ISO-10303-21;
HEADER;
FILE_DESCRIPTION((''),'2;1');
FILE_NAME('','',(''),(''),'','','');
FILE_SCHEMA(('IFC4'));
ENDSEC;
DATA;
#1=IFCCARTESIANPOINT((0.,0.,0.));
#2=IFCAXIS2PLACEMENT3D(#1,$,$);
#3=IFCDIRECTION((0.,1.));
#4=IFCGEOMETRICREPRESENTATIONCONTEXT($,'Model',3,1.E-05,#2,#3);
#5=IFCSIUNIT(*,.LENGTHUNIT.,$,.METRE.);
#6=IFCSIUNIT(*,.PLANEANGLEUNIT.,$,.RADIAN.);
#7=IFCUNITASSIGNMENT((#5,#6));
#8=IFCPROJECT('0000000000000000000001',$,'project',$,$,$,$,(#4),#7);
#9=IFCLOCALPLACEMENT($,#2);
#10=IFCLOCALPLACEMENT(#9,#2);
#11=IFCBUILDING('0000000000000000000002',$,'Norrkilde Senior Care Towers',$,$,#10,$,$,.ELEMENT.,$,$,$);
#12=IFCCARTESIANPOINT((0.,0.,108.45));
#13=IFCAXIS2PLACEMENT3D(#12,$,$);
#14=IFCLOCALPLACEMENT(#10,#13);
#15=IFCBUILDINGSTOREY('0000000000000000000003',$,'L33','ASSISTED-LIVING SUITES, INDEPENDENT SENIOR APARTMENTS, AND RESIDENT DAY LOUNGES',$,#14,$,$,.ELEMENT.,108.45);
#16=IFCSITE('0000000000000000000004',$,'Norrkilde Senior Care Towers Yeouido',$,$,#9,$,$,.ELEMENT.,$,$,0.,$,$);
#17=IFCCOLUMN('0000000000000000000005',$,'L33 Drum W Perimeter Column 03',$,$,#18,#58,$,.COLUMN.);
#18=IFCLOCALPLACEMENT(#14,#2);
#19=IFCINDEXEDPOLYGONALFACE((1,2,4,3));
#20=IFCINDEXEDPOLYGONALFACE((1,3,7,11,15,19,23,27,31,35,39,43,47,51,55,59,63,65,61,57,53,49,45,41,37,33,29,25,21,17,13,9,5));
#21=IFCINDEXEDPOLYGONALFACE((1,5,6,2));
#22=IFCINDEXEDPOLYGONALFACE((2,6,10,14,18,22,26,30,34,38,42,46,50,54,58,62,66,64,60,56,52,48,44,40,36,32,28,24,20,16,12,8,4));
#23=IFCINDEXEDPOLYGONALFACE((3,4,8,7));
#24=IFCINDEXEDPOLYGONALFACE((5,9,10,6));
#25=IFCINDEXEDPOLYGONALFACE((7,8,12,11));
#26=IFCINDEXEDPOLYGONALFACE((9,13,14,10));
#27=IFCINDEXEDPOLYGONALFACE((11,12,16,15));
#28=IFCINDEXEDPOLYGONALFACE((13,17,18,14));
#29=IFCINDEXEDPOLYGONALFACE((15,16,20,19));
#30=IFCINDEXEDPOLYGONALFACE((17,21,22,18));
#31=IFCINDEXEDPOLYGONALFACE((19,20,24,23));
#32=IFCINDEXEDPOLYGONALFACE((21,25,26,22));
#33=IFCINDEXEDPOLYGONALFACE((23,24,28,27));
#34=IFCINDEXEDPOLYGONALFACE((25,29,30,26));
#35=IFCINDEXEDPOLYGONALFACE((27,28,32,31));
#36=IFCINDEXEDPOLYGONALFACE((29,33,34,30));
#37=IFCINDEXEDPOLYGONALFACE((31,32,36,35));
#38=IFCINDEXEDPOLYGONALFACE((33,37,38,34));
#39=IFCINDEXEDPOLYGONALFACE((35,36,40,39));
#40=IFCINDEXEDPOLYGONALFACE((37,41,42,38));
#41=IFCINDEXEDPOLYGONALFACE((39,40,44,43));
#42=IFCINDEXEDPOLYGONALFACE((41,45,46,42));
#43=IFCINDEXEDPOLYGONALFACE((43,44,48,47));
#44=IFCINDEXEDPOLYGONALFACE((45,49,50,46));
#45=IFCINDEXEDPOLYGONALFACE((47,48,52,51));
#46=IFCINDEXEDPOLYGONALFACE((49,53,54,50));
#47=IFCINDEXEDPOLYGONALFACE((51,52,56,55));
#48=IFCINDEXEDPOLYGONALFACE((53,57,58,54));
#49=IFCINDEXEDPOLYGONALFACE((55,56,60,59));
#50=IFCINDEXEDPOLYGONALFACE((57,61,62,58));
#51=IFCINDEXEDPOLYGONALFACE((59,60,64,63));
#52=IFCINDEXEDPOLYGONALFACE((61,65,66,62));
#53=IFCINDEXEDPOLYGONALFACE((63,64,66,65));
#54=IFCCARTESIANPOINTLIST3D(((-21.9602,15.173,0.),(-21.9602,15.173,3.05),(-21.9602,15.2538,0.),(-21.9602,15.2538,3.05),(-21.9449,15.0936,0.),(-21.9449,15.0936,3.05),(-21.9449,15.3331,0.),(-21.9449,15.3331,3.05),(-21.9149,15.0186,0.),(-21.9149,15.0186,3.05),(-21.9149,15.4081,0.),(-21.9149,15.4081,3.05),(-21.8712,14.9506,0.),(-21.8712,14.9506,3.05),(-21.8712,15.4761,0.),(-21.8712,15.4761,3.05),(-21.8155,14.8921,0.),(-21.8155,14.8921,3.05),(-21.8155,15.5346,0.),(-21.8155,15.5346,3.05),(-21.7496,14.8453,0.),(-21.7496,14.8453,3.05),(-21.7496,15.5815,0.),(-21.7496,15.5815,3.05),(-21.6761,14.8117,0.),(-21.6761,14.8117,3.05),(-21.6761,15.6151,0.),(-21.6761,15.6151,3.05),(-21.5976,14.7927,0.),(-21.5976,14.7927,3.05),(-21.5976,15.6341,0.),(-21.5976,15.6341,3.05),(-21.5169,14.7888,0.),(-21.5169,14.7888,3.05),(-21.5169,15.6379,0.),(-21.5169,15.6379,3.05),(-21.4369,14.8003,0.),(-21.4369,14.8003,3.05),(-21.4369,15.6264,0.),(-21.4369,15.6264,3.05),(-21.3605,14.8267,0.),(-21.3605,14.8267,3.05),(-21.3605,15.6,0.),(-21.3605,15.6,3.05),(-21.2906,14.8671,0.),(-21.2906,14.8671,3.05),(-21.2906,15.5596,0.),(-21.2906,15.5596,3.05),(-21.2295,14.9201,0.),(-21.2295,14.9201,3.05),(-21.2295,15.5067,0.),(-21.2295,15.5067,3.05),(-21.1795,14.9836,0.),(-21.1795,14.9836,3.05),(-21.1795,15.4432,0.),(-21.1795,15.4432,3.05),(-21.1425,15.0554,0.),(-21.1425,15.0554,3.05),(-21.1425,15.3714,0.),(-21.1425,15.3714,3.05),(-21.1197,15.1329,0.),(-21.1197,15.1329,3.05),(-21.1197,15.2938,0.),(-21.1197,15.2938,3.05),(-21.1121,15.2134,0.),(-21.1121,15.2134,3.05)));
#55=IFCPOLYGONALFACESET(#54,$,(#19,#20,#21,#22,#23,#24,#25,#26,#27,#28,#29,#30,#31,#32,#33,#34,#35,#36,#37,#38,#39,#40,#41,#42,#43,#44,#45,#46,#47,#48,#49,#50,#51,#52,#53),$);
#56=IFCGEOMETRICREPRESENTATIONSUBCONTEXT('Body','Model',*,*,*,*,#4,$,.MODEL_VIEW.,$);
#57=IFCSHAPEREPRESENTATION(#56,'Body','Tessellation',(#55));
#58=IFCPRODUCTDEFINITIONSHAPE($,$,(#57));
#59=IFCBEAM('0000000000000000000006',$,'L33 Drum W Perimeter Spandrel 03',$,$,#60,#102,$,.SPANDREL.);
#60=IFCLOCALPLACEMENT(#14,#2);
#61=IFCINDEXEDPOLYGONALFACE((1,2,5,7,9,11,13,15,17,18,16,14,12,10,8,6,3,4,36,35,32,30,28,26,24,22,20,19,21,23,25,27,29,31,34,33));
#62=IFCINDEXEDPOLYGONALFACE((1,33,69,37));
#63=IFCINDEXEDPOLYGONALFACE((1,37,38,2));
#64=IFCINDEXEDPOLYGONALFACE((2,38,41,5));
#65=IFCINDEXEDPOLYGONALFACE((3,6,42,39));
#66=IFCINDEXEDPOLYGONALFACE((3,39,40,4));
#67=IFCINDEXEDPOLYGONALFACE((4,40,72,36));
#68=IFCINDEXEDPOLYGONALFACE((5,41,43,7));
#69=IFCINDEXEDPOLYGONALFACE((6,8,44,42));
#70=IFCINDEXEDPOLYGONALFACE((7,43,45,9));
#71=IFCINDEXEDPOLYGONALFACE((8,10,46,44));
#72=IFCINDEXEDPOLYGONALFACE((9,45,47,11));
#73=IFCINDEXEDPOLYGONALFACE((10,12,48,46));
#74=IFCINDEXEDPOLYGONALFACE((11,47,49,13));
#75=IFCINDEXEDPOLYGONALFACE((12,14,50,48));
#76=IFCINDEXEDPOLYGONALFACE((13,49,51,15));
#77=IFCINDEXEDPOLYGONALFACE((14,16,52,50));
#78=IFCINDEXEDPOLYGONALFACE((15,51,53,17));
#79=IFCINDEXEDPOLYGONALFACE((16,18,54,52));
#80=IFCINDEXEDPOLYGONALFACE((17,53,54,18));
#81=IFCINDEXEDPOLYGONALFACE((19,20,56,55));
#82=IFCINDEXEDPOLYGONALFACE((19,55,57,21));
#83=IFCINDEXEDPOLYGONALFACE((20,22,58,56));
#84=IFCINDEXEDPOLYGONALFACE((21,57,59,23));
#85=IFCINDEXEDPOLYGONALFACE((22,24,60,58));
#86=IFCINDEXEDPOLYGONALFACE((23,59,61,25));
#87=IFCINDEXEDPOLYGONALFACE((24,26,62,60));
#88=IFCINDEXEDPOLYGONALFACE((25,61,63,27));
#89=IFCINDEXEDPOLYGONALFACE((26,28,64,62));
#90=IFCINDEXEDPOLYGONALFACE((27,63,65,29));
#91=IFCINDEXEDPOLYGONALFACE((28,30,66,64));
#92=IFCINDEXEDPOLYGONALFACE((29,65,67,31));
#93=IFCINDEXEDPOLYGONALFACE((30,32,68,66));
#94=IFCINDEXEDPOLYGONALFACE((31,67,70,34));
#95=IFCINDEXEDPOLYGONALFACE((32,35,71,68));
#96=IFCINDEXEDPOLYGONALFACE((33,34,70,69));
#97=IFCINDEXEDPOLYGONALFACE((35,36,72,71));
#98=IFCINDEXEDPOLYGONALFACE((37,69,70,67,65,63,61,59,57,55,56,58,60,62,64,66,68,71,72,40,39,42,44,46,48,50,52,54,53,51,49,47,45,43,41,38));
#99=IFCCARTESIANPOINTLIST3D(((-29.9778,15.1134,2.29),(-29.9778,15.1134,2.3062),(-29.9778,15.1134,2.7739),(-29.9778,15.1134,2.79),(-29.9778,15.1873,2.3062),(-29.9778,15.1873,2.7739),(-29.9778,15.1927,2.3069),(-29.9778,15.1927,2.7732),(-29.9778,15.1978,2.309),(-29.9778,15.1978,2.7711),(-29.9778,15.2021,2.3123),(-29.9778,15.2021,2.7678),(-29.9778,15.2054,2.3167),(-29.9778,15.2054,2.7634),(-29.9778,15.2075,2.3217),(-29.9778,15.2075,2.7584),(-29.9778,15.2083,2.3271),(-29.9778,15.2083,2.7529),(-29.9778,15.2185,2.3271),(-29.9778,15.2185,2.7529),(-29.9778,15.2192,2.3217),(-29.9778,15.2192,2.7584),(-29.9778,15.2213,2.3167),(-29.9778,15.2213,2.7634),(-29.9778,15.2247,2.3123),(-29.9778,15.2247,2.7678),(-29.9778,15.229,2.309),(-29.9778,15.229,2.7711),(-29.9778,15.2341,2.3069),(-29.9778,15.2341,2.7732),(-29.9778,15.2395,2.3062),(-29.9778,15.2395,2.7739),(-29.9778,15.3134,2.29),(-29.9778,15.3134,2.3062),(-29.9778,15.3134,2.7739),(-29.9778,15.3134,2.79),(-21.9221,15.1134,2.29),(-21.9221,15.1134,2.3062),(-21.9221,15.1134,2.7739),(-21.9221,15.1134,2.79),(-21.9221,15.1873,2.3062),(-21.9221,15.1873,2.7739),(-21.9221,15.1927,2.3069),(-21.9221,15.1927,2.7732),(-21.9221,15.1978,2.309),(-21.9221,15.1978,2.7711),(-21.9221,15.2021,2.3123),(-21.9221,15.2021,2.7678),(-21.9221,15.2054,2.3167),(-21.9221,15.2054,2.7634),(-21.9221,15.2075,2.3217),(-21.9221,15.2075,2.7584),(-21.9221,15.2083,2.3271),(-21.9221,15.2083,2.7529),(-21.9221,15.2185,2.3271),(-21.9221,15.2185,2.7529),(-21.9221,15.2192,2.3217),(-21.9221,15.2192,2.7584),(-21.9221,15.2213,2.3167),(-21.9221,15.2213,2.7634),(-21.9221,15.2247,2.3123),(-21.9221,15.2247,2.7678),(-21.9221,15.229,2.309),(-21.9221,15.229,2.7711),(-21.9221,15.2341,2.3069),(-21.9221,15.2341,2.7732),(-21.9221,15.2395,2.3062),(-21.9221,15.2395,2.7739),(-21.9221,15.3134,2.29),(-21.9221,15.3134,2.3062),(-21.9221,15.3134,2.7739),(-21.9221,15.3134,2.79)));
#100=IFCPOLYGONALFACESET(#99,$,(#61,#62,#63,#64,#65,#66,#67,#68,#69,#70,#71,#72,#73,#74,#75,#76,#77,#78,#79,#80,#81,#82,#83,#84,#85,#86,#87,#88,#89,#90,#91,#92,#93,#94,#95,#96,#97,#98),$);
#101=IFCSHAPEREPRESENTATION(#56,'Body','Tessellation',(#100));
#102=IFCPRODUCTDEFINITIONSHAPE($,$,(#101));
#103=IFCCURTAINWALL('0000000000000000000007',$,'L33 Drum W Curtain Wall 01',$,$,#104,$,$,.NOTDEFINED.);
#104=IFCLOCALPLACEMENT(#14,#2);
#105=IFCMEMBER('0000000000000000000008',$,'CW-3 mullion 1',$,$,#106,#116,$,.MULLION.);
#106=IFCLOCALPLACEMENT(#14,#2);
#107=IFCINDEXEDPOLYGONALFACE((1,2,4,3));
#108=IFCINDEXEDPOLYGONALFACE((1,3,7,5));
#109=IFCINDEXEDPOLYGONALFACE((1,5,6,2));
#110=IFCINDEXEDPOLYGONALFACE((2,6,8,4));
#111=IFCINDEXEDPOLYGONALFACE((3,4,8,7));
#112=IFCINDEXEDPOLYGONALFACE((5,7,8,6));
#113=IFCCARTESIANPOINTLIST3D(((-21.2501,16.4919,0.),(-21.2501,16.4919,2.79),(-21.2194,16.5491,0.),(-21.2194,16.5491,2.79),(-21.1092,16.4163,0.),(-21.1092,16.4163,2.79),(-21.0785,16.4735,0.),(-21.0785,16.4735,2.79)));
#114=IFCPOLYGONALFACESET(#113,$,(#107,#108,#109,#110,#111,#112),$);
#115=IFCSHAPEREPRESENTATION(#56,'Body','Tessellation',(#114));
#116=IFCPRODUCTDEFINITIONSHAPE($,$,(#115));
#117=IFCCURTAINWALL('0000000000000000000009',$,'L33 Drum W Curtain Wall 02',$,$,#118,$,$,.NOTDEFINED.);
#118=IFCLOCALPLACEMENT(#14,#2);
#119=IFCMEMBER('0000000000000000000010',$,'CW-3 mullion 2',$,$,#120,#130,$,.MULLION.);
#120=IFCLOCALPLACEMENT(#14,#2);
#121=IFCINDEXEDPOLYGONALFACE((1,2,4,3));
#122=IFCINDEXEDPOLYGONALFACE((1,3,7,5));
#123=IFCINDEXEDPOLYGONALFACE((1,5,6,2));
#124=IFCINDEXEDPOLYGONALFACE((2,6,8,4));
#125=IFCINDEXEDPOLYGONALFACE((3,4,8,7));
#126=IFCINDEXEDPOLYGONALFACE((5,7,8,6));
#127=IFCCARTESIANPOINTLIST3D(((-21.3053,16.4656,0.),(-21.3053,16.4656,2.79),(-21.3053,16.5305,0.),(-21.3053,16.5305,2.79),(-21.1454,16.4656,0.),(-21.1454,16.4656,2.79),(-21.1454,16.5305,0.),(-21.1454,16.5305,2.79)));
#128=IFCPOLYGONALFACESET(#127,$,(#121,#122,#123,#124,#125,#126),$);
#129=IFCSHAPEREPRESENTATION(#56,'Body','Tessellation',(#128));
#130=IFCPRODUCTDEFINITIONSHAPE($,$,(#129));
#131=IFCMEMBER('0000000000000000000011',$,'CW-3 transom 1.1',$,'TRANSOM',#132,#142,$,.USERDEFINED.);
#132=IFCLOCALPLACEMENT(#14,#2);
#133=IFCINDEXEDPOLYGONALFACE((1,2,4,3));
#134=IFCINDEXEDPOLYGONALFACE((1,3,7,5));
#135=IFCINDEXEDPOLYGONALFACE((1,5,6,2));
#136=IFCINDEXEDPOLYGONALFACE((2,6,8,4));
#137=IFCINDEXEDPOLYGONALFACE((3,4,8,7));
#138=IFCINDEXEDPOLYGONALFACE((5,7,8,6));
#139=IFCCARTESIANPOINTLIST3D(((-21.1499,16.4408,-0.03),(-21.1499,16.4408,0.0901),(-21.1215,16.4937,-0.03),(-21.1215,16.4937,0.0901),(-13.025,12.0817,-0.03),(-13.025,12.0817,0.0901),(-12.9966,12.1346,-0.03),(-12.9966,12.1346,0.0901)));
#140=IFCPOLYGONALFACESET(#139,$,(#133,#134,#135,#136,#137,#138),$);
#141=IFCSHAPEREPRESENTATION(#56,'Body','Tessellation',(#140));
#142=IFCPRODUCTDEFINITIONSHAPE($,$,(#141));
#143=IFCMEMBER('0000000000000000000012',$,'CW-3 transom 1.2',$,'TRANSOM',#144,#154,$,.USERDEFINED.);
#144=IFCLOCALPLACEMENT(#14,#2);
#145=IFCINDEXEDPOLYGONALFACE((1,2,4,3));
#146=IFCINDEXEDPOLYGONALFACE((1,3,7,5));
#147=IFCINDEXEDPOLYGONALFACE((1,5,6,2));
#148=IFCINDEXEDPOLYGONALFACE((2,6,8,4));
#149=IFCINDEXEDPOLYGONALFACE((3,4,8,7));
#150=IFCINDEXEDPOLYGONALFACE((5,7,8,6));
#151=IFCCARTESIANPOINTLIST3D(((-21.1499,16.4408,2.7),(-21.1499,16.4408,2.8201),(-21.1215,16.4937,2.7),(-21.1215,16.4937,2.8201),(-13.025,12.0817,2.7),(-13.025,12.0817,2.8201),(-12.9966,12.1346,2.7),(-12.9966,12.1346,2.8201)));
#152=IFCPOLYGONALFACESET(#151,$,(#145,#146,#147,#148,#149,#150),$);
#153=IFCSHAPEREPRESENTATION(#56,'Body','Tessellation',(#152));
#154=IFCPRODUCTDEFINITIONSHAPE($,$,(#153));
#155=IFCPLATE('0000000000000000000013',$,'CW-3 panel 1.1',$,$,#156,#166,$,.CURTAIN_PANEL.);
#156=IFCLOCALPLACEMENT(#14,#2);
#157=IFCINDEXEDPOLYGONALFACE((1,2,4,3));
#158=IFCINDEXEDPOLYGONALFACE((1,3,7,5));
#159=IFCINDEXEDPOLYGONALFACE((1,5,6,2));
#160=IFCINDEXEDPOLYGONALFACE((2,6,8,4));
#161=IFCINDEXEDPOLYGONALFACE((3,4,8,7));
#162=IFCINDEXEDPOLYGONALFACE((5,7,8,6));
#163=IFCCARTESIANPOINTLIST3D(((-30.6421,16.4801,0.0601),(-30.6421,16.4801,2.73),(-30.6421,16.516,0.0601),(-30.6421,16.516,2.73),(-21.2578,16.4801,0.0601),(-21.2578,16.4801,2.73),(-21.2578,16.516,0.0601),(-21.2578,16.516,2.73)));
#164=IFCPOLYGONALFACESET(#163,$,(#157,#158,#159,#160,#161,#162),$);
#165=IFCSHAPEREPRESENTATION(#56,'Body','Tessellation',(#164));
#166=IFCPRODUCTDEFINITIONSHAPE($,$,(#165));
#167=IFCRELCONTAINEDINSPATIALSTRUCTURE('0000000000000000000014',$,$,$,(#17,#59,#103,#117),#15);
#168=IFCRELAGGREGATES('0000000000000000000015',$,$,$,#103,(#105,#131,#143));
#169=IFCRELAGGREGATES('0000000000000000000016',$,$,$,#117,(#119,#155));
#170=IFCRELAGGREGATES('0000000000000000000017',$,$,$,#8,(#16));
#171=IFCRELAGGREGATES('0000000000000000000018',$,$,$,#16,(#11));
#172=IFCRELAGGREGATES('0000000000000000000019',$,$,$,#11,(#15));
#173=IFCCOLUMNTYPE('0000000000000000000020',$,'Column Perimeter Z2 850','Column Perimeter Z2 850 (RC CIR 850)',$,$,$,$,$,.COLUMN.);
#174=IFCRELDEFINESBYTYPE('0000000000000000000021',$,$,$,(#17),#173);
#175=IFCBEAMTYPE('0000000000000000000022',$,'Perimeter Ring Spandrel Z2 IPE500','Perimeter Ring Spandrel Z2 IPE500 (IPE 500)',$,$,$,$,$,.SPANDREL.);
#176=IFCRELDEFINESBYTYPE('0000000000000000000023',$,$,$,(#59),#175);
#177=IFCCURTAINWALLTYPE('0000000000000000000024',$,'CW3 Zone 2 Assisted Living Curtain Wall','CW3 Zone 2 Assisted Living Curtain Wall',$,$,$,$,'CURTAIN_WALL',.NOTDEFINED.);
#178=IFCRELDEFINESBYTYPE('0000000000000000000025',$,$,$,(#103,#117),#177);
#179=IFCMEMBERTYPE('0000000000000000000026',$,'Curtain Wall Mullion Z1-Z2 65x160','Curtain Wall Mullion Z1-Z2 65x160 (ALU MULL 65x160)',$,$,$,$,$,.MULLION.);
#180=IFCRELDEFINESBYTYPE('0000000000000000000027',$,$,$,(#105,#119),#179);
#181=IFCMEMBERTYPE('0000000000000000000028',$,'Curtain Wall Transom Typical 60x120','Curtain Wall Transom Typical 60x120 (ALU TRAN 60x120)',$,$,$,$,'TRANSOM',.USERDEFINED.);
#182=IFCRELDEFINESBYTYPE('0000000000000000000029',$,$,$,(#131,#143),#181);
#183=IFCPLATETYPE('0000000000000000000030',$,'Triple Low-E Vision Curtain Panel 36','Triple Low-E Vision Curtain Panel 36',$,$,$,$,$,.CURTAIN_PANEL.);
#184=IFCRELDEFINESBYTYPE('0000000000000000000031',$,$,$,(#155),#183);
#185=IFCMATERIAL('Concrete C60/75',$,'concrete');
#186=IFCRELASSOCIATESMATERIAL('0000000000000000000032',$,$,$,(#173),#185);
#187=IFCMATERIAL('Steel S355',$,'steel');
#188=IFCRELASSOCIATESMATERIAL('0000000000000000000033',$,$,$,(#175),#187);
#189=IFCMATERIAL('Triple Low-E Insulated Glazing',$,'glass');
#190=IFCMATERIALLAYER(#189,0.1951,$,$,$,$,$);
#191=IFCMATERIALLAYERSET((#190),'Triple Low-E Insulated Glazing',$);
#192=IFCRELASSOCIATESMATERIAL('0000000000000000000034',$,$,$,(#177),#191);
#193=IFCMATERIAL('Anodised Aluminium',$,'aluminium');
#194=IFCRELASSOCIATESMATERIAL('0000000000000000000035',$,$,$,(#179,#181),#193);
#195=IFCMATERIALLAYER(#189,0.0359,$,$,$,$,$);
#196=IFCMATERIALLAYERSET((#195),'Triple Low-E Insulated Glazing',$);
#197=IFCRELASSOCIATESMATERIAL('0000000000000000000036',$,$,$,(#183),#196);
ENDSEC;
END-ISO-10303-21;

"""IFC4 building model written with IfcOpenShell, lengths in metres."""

from ifc_helpers import new_model, si_unit, direction, frame, origin, origin_2d, place, context, subcontext, project, spatial, rectangle, circle, i_section, extrude, source, transform, mapped, material, layer, layer_set, material_profile, profile_set, type_object, type_shapes, element, aggregate, save


model = new_model("IFC4")

# Units and contexts
model_context = context("Model", 3, precision=1e-05, world=origin(), true_north=direction((0.0, 1.0)))
body_context = subcontext(model_context, "Body", "Model", "MODEL_VIEW")
ifc_project = project(units=[si_unit("LENGTHUNIT", "METRE"), si_unit("PLANEANGLEUNIT", "RADIAN")], contexts=[model_context])

# Site, building, storey
site_placement = place(None, origin())
site = spatial("IfcSite", under=ifc_project, at=site_placement, Name="Norrkilde Senior Care Towers Yeouido", CompositionType="ELEMENT", RefElevation=0.0)
building_placement = place(site_placement, origin())
building = spatial("IfcBuilding", under=site, at=building_placement, Name="Norrkilde Senior Care Towers", CompositionType="ELEMENT")
storey_placement = place(building_placement, frame((0.0, 0.0, 108.45)))
storey = spatial("IfcBuildingStorey", under=building, at=storey_placement, Name="L33", Description="ASSISTED-LIVING SUITES, INDEPENDENT SENIOR APARTMENTS, AND RESIDENT DAY LOUNGES", CompositionType="ELEMENT", Elevation=108.45)

# Column
ifc_material_1 = material(Name="Concrete C60/75", Category="concrete")
ifc_material_profile_1 = material_profile(ifc_material_1, circle(Radius=0.425, at=origin_2d()), Name="RC CIR 850")
ifc_profile_set_1 = profile_set([ifc_material_profile_1], Name="Concrete C60/75")
column_type = type_object("IfcColumnType", Name="Column Perimeter Z2 850", Description="Column Perimeter Z2 850 (RC CIR 850)", PredefinedType="COLUMN", material=ifc_profile_set_1)
shared_shape_1 = source(origin(), body_context, "Body", "SweptSolid", [
    extrude(circle(Radius=0.425, at=origin_2d()), origin(), (0.0, 0.0, 1.0), 3.05),
])
type_shapes(column_type, [shared_shape_1])
column_placement = place(storey_placement, frame((-21.5371, 15.2134, 0.0), z_axis=(0.0, 0.0, 1.0), x_axis=(1.0, 0.0, 0.0)))
element("IfcColumn", 1, at=column_placement, inside=storey, type_object=column_type, Name="L33 Drum W Perimeter Column 03", PredefinedType="COLUMN", context=body_context, shape_type="MappedRepresentation", body=[
    mapped(shared_shape_1, transform((0.0, 0.0, 0.0), x_axis=(1.0, 0.0, 0.0), y_axis=(0.0, 1.0, 0.0), z_axis=(0.0, 0.0, 1.0), scale=1.0)),
])

# Beam
ifc_material_2 = material(Name="Steel S355", Category="steel")
ifc_material_profile_2 = material_profile(ifc_material_2, i_section(OverallWidth=0.2, OverallDepth=0.5, WebThickness=0.0103, FlangeThickness=0.0161, FilletRadius=0.021, at=origin_2d()), Name="IPE 500")
ifc_profile_set_2 = profile_set([ifc_material_profile_2], Name="Steel S355")
beam_type = type_object("IfcBeamType", Name="Perimeter Ring Spandrel Z2 IPE500", Description="Perimeter Ring Spandrel Z2 IPE500 (IPE 500)", PredefinedType="SPANDREL", material=ifc_profile_set_2)
shared_shape_2 = source(origin(), body_context, "Body", "SweptSolid", [
    extrude(i_section(OverallWidth=0.2, OverallDepth=0.5, WebThickness=0.0103, FlangeThickness=0.0161, FilletRadius=0.021, at=origin_2d()), origin(), (0.0, 0.0, 1.0), 8.0557),
])
type_shapes(beam_type, [shared_shape_2])
beam_placement = place(storey_placement, frame((-21.9221, 15.2134, 2.54), z_axis=(-1.0, 0.0, 0.0), x_axis=(0.0, -1.0, 0.0)))
element("IfcBeam", 2, at=beam_placement, inside=storey, type_object=beam_type, Name="L33 Drum W Perimeter Spandrel 03", PredefinedType="SPANDREL", context=body_context, shape_type="MappedRepresentation", body=[
    mapped(shared_shape_2, transform((0.0, 0.0, 0.0), x_axis=(1.0, 0.0, 0.0), y_axis=(0.0, 1.0, 0.0), z_axis=(0.0, 0.0, 1.0), scale=1.0)),
])

# Curtain walls, members
ifc_material_3 = material(Name="Triple Low-E Insulated Glazing", Category="glass")
ifc_layer_1 = layer(ifc_material_3, 0.1951)
ifc_layer_set_1 = layer_set([ifc_layer_1], Name="Triple Low-E Insulated Glazing")
curtain_wall_type = type_object("IfcCurtainWallType", Name="CW3 Zone 2 Assisted Living Curtain Wall", Description="CW3 Zone 2 Assisted Living Curtain Wall", ElementType="CURTAIN_WALL", PredefinedType="NOTDEFINED", material=ifc_layer_set_1)
curtain_wall_1_placement = place(storey_placement, origin())
curtain_wall_1 = element("IfcCurtainWall", 3, at=curtain_wall_1_placement, inside=storey, type_object=curtain_wall_type, Name="L33 Drum W Curtain Wall 01", PredefinedType="NOTDEFINED")
ifc_material_4 = material(Name="Anodised Aluminium", Category="aluminium")
ifc_material_profile_3 = material_profile(ifc_material_4, rectangle(XDim=0.0649, YDim=0.1599, at=origin_2d()), Name="ALU MULL 65x160")
ifc_profile_set_3 = profile_set([ifc_material_profile_3], Name="Anodised Aluminium")
member_type_1 = type_object("IfcMemberType", Name="Curtain Wall Mullion Z1-Z2 65x160", Description="Curtain Wall Mullion Z1-Z2 65x160 (ALU MULL 65x160)", PredefinedType="MULLION", material=ifc_profile_set_3)
shared_shape_3 = source(origin(), body_context, "Body", "SweptSolid", [
    extrude(rectangle(XDim=0.0649, YDim=0.1599, at=origin_2d()), origin(), (0.0, 0.0, 1.0), 2.79),
])
type_shapes(member_type_1, [shared_shape_3])
member_1_placement = place(storey_placement, frame((-21.1643, 16.4827, 0.0), z_axis=(0.0, 0.0, 1.0), x_axis=(0.472769, 0.881186, 0.0)))
member_1 = element("IfcMember", 4, at=member_1_placement, type_object=member_type_1, Name="CW-3 mullion 1", PredefinedType="MULLION", context=body_context, shape_type="MappedRepresentation", body=[
    mapped(shared_shape_3, transform((0.0, 0.0, 0.0), x_axis=(1.0, 0.0, 0.0), y_axis=(0.0, 1.0, 0.0), z_axis=(0.0, 0.0, 1.0), scale=1.0)),
])
curtain_wall_2_placement = place(storey_placement, origin())
curtain_wall_2 = element("IfcCurtainWall", 5, at=curtain_wall_2_placement, inside=storey, type_object=curtain_wall_type, Name="L33 Drum W Curtain Wall 02", PredefinedType="NOTDEFINED")
member_2_placement = place(storey_placement, frame((-21.2253, 16.498, 0.0), z_axis=(0.0, 0.0, 1.0), x_axis=(0.0, 1.0, 0.0)))
member_2 = element("IfcMember", 6, at=member_2_placement, type_object=member_type_1, Name="CW-3 mullion 2", PredefinedType="MULLION", context=body_context, shape_type="MappedRepresentation", body=[
    mapped(shared_shape_3, transform((0.0, 0.0, 0.0), x_axis=(1.0, 0.0, 0.0), y_axis=(0.0, 1.0, 0.0), z_axis=(0.0, 0.0, 1.0), scale=1.0)),
])

# Members
ifc_material_profile_4 = material_profile(ifc_material_4, rectangle(XDim=0.0601, YDim=0.1201, at=origin_2d()), Name="ALU TRAN 60x120")
ifc_profile_set_4 = profile_set([ifc_material_profile_4], Name="Anodised Aluminium")
member_type_2 = type_object("IfcMemberType", Name="Curtain Wall Transom Typical 60x120", Description="Curtain Wall Transom Typical 60x120 (ALU TRAN 60x120)", ElementType="TRANSOM", PredefinedType="USERDEFINED", material=ifc_profile_set_4)
shared_shape_4 = source(origin(), body_context, "Body", "SweptSolid", [
    extrude(rectangle(XDim=0.0601, YDim=0.1201, at=origin_2d()), origin(), (0.0, 0.0, 1.0), 9.2205),
])
type_shapes(member_type_2, [shared_shape_4])
member_3_placement = place(storey_placement, frame((-21.1357, 16.4673, 0.03), z_axis=(0.881189, -0.472765, 0.0), x_axis=(0.472765, 0.881189, 0.0)))
member_3 = element("IfcMember", 7, at=member_3_placement, type_object=member_type_2, Name="CW-3 transom 1.1", ObjectType="TRANSOM", PredefinedType="USERDEFINED", context=body_context, shape_type="MappedRepresentation", body=[
    mapped(shared_shape_4, transform((0.0, 0.0, 0.0), x_axis=(1.0, 0.0, 0.0), y_axis=(0.0, 1.0, 0.0), z_axis=(0.0, 0.0, 1.0), scale=1.0)),
])
member_4_placement = place(storey_placement, frame((-21.1357, 16.4673, 2.76), z_axis=(0.881189, -0.472765, 0.0), x_axis=(0.472765, 0.881189, 0.0)))
member_4 = element("IfcMember", 8, at=member_4_placement, type_object=member_type_2, Name="CW-3 transom 1.2", ObjectType="TRANSOM", PredefinedType="USERDEFINED", context=body_context, shape_type="MappedRepresentation", body=[
    mapped(shared_shape_4, transform((0.0, 0.0, 0.0), x_axis=(1.0, 0.0, 0.0), y_axis=(0.0, 1.0, 0.0), z_axis=(0.0, 0.0, 1.0), scale=1.0)),
])
aggregate(curtain_wall_1, [member_1, member_3, member_4])

# Plate
ifc_layer_2 = layer(ifc_material_3, 0.0359)
ifc_layer_set_2 = layer_set([ifc_layer_2], Name="Triple Low-E Insulated Glazing")
plate_type = type_object("IfcPlateType", Name="Triple Low-E Vision Curtain Panel 36", Description="Triple Low-E Vision Curtain Panel 36", PredefinedType="CURTAIN_PANEL", material=ifc_layer_set_2)
shared_shape_5 = source(origin(), body_context, "Body", "SweptSolid", [
    extrude(rectangle(XDim=9.3843, YDim=0.0359, at=origin_2d()), origin(), (0.0, 0.0, 1.0), 2.6699),
])
type_shapes(plate_type, [shared_shape_5])
plate_placement = place(storey_placement, frame((-25.95, 16.498, 0.0601), z_axis=(0.0, 0.0, 1.0), x_axis=(1.0, 0.0, 0.0)))
plate = element("IfcPlate", 9, at=plate_placement, type_object=plate_type, Name="CW-3 panel 1.1", PredefinedType="CURTAIN_PANEL", context=body_context, shape_type="MappedRepresentation", body=[
    mapped(shared_shape_5, transform((0.0, 0.0, 0.0), x_axis=(1.0, 0.0, 0.0), y_axis=(0.0, 1.0, 0.0), z_axis=(0.0, 0.0, 1.0), scale=1.0)),
])
aggregate(curtain_wall_2, [member_2, plate])

save(model, "model.ifc")
